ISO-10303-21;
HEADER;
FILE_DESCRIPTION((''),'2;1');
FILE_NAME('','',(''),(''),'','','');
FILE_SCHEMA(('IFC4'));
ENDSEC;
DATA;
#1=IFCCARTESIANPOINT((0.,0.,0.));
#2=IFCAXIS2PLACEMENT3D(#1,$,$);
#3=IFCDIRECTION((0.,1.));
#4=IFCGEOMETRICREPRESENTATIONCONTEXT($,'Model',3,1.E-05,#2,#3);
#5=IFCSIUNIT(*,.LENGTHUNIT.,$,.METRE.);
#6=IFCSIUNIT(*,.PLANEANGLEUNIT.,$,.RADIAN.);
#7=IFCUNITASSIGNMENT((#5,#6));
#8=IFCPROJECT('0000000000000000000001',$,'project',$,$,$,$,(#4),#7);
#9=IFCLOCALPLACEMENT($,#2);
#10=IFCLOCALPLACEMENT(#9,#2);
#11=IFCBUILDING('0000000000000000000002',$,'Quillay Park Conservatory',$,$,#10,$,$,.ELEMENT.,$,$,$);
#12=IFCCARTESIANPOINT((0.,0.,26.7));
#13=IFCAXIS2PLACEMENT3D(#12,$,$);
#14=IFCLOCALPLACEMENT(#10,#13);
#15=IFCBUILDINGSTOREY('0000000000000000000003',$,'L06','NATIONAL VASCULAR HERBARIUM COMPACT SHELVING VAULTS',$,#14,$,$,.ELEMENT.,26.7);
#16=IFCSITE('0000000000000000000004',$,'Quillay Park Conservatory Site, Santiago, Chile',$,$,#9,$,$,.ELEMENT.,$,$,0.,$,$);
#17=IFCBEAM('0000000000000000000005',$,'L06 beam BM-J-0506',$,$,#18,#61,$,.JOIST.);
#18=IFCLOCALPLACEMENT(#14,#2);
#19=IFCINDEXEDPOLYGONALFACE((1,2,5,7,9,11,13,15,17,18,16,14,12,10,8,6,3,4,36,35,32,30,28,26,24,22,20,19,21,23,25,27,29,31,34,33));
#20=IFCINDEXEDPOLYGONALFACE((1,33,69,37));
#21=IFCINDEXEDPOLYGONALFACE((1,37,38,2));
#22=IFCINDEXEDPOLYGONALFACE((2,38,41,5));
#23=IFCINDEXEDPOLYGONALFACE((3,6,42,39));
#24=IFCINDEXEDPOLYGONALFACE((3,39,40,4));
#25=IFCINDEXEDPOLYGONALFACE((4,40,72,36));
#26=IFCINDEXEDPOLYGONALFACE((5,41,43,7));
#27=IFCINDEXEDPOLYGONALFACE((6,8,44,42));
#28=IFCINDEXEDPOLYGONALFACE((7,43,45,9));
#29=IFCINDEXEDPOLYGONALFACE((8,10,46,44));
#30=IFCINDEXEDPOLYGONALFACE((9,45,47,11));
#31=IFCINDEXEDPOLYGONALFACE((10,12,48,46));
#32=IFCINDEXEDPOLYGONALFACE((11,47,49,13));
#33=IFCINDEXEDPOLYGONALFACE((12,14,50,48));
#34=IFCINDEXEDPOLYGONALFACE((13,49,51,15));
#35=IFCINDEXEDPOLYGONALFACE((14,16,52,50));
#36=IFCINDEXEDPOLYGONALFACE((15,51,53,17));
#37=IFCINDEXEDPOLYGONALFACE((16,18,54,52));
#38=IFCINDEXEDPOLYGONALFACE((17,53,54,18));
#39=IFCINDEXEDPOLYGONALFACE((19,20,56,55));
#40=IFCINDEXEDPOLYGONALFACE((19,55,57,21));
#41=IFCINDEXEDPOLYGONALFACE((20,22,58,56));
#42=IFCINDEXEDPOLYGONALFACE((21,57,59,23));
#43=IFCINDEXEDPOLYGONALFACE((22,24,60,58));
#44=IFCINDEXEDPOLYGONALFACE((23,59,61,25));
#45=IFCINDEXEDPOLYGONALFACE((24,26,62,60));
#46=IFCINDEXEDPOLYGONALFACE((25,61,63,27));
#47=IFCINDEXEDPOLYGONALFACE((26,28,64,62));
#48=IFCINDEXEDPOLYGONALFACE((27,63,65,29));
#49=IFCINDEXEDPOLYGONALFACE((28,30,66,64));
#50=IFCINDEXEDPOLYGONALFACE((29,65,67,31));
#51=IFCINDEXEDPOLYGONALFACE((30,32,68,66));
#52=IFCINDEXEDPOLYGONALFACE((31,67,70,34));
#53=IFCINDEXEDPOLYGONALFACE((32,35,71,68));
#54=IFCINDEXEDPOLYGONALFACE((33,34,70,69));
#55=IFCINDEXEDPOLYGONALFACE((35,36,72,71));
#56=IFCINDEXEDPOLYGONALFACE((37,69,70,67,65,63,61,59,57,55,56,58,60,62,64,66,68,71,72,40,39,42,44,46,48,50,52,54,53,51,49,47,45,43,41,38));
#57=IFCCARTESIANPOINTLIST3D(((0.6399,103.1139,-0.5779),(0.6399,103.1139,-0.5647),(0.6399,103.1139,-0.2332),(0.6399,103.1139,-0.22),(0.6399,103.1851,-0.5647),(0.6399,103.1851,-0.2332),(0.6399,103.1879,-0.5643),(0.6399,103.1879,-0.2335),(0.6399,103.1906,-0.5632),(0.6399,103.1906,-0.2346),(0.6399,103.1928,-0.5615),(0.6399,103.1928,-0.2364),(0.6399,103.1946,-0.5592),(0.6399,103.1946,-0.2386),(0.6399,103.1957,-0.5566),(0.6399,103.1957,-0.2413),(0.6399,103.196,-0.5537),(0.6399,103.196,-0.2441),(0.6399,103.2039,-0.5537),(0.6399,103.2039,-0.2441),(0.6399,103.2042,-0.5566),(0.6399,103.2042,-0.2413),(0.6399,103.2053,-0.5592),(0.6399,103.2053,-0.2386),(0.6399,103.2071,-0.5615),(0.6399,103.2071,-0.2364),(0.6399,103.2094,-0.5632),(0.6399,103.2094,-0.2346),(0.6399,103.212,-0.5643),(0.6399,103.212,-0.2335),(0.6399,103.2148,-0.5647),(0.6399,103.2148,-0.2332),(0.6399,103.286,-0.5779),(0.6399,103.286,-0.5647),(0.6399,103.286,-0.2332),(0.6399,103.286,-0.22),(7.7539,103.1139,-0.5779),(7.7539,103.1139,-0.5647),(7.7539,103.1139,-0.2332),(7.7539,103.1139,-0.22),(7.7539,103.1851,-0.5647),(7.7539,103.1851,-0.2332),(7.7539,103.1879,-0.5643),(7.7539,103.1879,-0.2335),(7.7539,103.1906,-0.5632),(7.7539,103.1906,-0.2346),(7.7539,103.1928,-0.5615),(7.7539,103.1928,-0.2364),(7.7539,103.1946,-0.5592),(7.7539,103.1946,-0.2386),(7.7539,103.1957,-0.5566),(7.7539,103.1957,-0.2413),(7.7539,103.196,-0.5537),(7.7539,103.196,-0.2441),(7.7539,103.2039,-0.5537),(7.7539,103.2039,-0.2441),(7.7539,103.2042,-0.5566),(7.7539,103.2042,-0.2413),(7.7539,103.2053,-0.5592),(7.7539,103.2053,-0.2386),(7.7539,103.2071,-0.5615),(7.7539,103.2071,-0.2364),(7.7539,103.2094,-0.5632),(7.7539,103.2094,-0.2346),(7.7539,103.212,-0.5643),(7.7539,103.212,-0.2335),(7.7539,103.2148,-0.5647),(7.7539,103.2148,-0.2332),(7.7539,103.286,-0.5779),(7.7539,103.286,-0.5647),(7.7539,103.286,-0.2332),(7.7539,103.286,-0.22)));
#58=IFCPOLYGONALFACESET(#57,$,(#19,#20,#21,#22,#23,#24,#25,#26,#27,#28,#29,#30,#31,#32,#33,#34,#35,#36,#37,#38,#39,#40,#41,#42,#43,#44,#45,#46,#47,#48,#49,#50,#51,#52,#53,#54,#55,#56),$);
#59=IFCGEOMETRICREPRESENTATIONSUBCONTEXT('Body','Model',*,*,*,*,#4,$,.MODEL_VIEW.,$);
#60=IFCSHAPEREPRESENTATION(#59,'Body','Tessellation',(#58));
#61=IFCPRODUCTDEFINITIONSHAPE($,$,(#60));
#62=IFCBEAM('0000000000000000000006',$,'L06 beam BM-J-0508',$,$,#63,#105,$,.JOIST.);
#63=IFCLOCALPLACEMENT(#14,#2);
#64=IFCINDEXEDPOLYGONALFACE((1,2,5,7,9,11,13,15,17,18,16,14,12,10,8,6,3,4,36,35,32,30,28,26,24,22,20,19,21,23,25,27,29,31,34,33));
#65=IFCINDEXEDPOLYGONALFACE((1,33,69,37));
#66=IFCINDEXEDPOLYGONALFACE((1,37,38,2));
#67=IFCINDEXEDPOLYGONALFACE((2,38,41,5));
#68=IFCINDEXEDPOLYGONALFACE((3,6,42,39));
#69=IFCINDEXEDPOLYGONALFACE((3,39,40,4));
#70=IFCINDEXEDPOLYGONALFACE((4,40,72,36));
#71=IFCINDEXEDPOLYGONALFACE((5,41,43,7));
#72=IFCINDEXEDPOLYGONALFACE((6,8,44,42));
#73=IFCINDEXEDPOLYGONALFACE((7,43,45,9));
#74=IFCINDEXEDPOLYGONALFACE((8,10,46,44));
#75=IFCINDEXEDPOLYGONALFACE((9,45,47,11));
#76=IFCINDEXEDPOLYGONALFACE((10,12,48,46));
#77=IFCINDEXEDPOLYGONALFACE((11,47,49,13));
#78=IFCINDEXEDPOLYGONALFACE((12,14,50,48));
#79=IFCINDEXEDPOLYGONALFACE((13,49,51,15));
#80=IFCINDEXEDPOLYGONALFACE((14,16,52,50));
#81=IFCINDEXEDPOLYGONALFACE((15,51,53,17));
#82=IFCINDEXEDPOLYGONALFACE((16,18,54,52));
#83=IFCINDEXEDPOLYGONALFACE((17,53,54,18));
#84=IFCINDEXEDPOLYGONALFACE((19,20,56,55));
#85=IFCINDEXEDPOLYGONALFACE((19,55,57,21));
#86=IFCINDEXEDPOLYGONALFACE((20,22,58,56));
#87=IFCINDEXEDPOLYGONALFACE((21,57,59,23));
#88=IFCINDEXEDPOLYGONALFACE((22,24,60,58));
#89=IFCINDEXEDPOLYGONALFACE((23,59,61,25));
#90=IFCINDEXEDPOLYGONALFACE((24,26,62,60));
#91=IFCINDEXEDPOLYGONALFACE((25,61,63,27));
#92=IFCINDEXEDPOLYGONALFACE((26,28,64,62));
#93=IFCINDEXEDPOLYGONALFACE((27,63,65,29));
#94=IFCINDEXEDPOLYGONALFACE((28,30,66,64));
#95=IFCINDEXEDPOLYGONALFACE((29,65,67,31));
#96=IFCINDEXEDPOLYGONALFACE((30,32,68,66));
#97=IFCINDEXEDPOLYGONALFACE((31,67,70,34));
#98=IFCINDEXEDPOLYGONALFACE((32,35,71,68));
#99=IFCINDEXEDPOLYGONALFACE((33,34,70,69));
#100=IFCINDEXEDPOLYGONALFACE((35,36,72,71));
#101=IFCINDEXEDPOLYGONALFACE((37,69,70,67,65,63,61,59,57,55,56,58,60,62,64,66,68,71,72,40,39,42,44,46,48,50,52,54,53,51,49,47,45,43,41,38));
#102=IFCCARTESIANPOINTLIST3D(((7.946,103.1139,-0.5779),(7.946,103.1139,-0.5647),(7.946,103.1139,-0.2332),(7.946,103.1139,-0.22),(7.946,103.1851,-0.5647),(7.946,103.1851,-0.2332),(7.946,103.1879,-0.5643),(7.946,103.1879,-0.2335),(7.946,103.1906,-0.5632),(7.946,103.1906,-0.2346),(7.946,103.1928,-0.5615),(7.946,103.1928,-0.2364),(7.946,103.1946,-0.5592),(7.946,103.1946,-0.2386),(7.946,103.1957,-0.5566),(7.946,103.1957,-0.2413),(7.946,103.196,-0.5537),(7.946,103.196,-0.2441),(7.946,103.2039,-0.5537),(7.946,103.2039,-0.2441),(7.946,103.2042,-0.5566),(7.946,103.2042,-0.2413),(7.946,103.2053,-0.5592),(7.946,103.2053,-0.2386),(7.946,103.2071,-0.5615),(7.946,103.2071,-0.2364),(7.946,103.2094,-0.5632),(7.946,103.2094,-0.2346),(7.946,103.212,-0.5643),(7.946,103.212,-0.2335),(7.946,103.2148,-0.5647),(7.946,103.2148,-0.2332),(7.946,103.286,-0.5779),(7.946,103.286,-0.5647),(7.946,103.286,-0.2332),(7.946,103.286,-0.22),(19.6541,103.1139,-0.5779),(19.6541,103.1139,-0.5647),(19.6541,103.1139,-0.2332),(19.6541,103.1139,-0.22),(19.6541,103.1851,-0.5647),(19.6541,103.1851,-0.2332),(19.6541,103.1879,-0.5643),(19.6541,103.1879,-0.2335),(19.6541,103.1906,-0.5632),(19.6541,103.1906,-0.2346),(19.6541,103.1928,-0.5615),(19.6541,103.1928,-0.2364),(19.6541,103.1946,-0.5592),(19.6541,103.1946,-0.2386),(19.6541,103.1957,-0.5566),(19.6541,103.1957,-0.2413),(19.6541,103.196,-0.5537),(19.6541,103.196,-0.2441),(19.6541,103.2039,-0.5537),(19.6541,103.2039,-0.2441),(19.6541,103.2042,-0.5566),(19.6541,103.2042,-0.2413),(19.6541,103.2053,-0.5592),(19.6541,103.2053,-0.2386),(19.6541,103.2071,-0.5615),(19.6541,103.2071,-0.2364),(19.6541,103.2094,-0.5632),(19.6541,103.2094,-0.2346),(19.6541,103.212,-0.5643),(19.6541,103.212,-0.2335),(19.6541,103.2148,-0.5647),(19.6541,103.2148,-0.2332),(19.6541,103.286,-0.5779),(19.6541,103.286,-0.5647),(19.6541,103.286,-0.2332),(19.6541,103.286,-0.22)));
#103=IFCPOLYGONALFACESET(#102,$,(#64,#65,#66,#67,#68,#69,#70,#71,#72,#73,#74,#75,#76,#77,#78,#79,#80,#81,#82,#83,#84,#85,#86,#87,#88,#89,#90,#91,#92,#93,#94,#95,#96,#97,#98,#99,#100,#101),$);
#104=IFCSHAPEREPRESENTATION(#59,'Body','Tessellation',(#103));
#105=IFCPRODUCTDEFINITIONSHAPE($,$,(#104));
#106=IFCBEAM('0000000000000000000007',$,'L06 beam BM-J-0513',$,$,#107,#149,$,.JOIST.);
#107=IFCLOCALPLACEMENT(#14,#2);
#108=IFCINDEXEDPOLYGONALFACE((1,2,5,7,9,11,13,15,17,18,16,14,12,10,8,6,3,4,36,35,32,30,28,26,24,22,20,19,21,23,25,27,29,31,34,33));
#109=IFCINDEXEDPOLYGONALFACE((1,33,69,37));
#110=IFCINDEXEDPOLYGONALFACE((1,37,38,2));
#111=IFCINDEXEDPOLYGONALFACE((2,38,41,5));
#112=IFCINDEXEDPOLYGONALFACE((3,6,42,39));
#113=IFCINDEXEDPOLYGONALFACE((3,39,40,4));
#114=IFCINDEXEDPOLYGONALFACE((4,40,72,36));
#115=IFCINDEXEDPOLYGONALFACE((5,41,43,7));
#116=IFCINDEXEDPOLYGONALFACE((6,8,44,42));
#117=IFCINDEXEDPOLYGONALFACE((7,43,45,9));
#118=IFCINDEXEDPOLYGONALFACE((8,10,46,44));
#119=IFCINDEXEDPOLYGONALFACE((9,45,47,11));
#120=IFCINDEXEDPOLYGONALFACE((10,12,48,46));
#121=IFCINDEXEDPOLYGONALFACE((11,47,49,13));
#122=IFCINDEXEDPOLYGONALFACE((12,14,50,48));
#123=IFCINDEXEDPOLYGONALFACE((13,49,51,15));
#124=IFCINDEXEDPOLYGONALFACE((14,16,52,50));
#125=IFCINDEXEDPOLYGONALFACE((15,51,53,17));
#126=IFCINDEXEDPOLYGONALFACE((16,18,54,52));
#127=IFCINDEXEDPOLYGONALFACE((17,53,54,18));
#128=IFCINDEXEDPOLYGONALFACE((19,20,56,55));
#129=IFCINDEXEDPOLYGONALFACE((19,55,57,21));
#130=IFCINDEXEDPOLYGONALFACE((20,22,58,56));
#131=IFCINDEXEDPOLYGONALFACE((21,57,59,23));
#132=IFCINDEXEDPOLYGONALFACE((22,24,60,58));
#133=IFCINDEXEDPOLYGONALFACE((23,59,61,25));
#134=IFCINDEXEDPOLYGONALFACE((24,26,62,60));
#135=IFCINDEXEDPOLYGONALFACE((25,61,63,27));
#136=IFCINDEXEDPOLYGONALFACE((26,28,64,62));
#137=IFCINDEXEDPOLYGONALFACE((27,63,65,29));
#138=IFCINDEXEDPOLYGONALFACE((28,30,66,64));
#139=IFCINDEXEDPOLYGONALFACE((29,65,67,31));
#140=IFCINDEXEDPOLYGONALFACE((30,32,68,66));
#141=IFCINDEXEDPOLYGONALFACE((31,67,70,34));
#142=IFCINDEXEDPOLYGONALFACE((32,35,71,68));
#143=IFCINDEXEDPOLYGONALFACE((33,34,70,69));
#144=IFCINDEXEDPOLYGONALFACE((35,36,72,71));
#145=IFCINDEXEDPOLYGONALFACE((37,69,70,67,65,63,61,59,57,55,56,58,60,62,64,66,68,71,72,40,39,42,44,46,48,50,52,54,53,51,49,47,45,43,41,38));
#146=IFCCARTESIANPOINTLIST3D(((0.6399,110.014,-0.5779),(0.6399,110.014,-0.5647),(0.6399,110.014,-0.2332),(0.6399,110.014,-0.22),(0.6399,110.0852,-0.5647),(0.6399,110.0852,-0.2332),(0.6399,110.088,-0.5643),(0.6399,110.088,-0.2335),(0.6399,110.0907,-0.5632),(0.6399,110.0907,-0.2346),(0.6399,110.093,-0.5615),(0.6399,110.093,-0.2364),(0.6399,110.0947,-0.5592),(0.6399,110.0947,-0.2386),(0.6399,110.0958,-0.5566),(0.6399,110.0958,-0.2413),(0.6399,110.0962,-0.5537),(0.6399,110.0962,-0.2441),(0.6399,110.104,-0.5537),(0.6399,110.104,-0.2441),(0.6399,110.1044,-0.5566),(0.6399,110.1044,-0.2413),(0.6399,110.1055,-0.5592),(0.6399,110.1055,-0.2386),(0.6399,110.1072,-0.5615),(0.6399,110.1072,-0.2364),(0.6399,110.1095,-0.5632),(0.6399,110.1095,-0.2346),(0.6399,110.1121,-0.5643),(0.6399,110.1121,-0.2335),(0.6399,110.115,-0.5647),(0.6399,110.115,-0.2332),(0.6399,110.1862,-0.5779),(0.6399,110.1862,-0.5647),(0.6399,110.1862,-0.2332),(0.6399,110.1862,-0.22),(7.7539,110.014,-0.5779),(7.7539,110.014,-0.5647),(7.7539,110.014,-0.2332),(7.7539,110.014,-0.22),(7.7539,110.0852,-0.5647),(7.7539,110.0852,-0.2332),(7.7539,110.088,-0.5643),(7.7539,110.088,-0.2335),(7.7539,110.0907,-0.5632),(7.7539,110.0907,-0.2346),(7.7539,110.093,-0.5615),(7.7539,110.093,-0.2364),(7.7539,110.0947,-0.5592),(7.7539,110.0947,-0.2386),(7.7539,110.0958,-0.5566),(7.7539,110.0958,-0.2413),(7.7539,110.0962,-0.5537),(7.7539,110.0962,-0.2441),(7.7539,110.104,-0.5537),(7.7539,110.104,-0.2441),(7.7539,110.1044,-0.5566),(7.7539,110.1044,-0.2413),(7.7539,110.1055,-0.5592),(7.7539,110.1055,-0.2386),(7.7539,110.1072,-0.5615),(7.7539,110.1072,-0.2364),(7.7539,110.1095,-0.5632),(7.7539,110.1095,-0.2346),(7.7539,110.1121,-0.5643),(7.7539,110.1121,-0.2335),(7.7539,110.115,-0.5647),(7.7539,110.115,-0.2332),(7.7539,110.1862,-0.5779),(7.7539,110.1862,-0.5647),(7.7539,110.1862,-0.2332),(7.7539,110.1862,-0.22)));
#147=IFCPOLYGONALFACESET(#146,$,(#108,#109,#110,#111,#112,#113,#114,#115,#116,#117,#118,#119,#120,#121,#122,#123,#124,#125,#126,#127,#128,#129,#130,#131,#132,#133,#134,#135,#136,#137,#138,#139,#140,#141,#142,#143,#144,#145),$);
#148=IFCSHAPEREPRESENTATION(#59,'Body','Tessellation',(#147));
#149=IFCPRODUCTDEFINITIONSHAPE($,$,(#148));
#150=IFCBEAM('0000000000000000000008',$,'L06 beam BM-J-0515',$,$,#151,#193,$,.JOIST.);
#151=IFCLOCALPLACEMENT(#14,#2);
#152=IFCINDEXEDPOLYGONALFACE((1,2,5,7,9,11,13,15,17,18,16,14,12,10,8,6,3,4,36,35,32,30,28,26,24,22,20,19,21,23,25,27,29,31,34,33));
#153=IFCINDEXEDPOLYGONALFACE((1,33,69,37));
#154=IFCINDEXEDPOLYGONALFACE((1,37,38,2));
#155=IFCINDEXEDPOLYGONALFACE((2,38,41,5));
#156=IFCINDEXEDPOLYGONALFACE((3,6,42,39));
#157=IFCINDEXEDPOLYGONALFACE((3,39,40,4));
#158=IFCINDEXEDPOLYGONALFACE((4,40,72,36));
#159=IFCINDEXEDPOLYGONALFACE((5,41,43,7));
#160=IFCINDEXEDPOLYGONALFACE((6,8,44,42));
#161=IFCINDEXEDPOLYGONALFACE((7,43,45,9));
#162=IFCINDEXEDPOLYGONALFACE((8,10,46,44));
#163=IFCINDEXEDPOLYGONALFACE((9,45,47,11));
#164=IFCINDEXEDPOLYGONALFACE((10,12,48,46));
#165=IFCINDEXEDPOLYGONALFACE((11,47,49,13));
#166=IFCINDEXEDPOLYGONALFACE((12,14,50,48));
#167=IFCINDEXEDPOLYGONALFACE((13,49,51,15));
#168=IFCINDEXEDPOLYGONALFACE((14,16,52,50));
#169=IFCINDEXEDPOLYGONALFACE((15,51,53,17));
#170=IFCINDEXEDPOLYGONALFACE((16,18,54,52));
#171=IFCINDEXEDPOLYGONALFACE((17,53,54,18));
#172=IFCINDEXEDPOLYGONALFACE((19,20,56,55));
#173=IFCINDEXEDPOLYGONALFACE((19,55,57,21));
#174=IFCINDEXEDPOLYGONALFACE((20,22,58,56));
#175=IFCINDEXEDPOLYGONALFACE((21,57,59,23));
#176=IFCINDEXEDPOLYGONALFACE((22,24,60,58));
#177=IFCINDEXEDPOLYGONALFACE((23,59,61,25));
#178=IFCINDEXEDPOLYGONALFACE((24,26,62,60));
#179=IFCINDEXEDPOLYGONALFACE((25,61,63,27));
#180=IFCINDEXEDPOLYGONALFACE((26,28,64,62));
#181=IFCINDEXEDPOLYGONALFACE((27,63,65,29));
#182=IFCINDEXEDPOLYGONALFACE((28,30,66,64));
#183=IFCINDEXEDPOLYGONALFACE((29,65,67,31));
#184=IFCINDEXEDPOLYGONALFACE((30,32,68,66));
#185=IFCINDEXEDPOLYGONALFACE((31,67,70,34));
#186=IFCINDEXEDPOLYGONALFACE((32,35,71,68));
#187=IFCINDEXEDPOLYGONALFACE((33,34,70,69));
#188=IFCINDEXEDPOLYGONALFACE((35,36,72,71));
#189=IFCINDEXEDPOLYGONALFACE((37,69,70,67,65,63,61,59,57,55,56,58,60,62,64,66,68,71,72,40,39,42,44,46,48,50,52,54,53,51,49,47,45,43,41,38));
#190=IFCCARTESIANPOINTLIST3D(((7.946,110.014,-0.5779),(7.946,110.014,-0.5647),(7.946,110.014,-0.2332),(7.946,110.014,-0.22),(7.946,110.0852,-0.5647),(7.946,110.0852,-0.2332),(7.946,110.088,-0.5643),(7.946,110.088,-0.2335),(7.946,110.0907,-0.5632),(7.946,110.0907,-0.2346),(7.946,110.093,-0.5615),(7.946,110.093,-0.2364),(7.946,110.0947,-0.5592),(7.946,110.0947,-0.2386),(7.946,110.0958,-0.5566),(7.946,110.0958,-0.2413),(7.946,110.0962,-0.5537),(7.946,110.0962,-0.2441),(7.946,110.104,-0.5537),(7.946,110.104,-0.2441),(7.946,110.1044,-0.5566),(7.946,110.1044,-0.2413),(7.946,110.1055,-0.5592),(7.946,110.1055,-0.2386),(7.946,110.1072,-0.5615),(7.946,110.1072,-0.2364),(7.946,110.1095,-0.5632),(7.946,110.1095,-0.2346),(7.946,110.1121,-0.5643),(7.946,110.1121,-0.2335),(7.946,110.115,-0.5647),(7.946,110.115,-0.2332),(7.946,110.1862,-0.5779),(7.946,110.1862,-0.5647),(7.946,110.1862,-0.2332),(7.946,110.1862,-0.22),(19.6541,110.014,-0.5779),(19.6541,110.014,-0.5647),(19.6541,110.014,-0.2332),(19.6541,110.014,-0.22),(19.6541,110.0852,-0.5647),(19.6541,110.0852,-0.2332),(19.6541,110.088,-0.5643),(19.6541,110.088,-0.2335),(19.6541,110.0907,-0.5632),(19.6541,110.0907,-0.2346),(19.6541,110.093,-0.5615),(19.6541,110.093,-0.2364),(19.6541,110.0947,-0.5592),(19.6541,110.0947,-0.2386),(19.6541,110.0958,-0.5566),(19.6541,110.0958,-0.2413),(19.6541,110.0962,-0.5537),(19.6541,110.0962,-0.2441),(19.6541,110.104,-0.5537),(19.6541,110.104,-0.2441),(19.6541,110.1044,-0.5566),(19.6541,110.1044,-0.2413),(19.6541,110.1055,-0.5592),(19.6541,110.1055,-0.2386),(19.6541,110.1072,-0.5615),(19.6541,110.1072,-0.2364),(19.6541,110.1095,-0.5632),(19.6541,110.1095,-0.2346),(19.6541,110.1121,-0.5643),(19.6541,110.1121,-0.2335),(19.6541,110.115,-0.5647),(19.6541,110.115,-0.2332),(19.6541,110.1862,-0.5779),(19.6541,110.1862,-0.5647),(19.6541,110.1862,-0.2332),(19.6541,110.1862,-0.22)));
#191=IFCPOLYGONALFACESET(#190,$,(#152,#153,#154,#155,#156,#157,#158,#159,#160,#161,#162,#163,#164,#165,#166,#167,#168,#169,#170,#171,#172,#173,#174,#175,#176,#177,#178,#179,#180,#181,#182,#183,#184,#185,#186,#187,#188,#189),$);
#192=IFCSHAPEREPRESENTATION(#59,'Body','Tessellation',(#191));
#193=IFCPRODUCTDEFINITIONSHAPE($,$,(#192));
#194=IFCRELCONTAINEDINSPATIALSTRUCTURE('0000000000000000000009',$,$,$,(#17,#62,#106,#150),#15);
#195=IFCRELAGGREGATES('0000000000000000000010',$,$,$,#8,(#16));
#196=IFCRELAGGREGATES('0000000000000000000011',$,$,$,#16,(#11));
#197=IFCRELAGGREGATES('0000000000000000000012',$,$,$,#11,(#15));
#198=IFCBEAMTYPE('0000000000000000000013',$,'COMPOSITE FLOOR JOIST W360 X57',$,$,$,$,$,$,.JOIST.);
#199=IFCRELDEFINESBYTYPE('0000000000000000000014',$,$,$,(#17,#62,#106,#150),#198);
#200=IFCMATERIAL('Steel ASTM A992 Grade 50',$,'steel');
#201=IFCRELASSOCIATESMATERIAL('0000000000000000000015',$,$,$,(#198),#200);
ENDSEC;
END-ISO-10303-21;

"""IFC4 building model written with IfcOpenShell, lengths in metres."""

from ifc_helpers import new_model, si_unit, direction, frame, origin, origin_2d, place, context, subcontext, project, spatial, i_section, extrude, material, material_profile, profile_set, type_object, element, save


model = new_model("IFC4")

# Units and contexts
model_context = context("Model", 3, precision=1e-05, world=origin(), true_north=direction((0.0, 1.0)))
body_context = subcontext(model_context, "Body", "Model", "MODEL_VIEW")
ifc_project = project(units=[si_unit("LENGTHUNIT", "METRE"), si_unit("PLANEANGLEUNIT", "RADIAN")], contexts=[model_context])

# Site, building, storey
site_placement = place(None, origin())
site = spatial("IfcSite", under=ifc_project, at=site_placement, Name="Quillay Park Conservatory Site, Santiago, Chile", CompositionType="ELEMENT", RefElevation=0.0)
building_placement = place(site_placement, origin())
building = spatial("IfcBuilding", under=site, at=building_placement, Name="Quillay Park Conservatory", CompositionType="ELEMENT")
storey_placement = place(building_placement, frame((0.0, 0.0, 26.7)))
storey = spatial("IfcBuildingStorey", under=building, at=storey_placement, Name="L06", Description="NATIONAL VASCULAR HERBARIUM COMPACT SHELVING VAULTS", CompositionType="ELEMENT", Elevation=26.7)

# Beams
ifc_material_1 = material(Name="Steel ASTM A992 Grade 50", Category="steel")
ifc_material_profile_1 = material_profile(ifc_material_1, i_section(OverallWidth=0.1721, OverallDepth=0.3579, WebThickness=0.0078, FlangeThickness=0.0132, FilletRadius=0.011, at=origin_2d()), Name="W360x57")
ifc_profile_set_1 = profile_set([ifc_material_profile_1], Name="Steel ASTM A992 Grade 50")
beam_type_1 = type_object("IfcBeamType", Name="COMPOSITE FLOOR JOIST W360 X57", PredefinedType="JOIST", material=ifc_profile_set_1)
beam_1_placement = place(storey_placement, frame((0.6399, 103.2, -0.3989), z_axis=(1.0, 0.0, 0.0), x_axis=(0.0, 1.0, 0.0)))
element("IfcBeam", 1, at=beam_1_placement, inside=storey, type_object=beam_type_1, Name="L06 beam BM-J-0506", PredefinedType="JOIST", context=body_context, shape_type="SweptSolid", body=[
    extrude(i_section(OverallWidth=0.1721, OverallDepth=0.3579, WebThickness=0.0078, FlangeThickness=0.0132, FilletRadius=0.011, at=origin_2d()), origin(), (0.0, 0.0, 1.0), 7.114),
])
beam_2_placement = place(storey_placement, frame((7.946, 103.2, -0.3989), z_axis=(1.0, 0.0, 0.0), x_axis=(0.0, 1.0, 0.0)))
element("IfcBeam", 2, at=beam_2_placement, inside=storey, type_object=beam_type_1, Name="L06 beam BM-J-0508", PredefinedType="JOIST", context=body_context, shape_type="SweptSolid", body=[
    extrude(i_section(OverallWidth=0.1721, OverallDepth=0.3579, WebThickness=0.0078, FlangeThickness=0.0132, FilletRadius=0.011, at=origin_2d()), origin(), (0.0, 0.0, 1.0), 11.708),
])
beam_3_placement = place(storey_placement, frame((0.6399, 110.1001, -0.3989), z_axis=(1.0, 0.0, 0.0), x_axis=(0.0, 1.0, 0.0)))
element("IfcBeam", 3, at=beam_3_placement, inside=storey, type_object=beam_type_1, Name="L06 beam BM-J-0513", PredefinedType="JOIST", context=body_context, shape_type="SweptSolid", body=[
    extrude(i_section(OverallWidth=0.1721, OverallDepth=0.3579, WebThickness=0.0078, FlangeThickness=0.0132, FilletRadius=0.011, at=origin_2d()), origin(), (0.0, 0.0, 1.0), 7.114),
])
beam_4_placement = place(storey_placement, frame((7.946, 110.1001, -0.3989), z_axis=(1.0, 0.0, 0.0), x_axis=(0.0, 1.0, 0.0)))
element("IfcBeam", 4, at=beam_4_placement, inside=storey, type_object=beam_type_1, Name="L06 beam BM-J-0515", PredefinedType="JOIST", context=body_context, shape_type="SweptSolid", body=[
    extrude(i_section(OverallWidth=0.1721, OverallDepth=0.3579, WebThickness=0.0078, FlangeThickness=0.0132, FilletRadius=0.011, at=origin_2d()), origin(), (0.0, 0.0, 1.0), 11.708),
])

save(model, "model.ifc")
